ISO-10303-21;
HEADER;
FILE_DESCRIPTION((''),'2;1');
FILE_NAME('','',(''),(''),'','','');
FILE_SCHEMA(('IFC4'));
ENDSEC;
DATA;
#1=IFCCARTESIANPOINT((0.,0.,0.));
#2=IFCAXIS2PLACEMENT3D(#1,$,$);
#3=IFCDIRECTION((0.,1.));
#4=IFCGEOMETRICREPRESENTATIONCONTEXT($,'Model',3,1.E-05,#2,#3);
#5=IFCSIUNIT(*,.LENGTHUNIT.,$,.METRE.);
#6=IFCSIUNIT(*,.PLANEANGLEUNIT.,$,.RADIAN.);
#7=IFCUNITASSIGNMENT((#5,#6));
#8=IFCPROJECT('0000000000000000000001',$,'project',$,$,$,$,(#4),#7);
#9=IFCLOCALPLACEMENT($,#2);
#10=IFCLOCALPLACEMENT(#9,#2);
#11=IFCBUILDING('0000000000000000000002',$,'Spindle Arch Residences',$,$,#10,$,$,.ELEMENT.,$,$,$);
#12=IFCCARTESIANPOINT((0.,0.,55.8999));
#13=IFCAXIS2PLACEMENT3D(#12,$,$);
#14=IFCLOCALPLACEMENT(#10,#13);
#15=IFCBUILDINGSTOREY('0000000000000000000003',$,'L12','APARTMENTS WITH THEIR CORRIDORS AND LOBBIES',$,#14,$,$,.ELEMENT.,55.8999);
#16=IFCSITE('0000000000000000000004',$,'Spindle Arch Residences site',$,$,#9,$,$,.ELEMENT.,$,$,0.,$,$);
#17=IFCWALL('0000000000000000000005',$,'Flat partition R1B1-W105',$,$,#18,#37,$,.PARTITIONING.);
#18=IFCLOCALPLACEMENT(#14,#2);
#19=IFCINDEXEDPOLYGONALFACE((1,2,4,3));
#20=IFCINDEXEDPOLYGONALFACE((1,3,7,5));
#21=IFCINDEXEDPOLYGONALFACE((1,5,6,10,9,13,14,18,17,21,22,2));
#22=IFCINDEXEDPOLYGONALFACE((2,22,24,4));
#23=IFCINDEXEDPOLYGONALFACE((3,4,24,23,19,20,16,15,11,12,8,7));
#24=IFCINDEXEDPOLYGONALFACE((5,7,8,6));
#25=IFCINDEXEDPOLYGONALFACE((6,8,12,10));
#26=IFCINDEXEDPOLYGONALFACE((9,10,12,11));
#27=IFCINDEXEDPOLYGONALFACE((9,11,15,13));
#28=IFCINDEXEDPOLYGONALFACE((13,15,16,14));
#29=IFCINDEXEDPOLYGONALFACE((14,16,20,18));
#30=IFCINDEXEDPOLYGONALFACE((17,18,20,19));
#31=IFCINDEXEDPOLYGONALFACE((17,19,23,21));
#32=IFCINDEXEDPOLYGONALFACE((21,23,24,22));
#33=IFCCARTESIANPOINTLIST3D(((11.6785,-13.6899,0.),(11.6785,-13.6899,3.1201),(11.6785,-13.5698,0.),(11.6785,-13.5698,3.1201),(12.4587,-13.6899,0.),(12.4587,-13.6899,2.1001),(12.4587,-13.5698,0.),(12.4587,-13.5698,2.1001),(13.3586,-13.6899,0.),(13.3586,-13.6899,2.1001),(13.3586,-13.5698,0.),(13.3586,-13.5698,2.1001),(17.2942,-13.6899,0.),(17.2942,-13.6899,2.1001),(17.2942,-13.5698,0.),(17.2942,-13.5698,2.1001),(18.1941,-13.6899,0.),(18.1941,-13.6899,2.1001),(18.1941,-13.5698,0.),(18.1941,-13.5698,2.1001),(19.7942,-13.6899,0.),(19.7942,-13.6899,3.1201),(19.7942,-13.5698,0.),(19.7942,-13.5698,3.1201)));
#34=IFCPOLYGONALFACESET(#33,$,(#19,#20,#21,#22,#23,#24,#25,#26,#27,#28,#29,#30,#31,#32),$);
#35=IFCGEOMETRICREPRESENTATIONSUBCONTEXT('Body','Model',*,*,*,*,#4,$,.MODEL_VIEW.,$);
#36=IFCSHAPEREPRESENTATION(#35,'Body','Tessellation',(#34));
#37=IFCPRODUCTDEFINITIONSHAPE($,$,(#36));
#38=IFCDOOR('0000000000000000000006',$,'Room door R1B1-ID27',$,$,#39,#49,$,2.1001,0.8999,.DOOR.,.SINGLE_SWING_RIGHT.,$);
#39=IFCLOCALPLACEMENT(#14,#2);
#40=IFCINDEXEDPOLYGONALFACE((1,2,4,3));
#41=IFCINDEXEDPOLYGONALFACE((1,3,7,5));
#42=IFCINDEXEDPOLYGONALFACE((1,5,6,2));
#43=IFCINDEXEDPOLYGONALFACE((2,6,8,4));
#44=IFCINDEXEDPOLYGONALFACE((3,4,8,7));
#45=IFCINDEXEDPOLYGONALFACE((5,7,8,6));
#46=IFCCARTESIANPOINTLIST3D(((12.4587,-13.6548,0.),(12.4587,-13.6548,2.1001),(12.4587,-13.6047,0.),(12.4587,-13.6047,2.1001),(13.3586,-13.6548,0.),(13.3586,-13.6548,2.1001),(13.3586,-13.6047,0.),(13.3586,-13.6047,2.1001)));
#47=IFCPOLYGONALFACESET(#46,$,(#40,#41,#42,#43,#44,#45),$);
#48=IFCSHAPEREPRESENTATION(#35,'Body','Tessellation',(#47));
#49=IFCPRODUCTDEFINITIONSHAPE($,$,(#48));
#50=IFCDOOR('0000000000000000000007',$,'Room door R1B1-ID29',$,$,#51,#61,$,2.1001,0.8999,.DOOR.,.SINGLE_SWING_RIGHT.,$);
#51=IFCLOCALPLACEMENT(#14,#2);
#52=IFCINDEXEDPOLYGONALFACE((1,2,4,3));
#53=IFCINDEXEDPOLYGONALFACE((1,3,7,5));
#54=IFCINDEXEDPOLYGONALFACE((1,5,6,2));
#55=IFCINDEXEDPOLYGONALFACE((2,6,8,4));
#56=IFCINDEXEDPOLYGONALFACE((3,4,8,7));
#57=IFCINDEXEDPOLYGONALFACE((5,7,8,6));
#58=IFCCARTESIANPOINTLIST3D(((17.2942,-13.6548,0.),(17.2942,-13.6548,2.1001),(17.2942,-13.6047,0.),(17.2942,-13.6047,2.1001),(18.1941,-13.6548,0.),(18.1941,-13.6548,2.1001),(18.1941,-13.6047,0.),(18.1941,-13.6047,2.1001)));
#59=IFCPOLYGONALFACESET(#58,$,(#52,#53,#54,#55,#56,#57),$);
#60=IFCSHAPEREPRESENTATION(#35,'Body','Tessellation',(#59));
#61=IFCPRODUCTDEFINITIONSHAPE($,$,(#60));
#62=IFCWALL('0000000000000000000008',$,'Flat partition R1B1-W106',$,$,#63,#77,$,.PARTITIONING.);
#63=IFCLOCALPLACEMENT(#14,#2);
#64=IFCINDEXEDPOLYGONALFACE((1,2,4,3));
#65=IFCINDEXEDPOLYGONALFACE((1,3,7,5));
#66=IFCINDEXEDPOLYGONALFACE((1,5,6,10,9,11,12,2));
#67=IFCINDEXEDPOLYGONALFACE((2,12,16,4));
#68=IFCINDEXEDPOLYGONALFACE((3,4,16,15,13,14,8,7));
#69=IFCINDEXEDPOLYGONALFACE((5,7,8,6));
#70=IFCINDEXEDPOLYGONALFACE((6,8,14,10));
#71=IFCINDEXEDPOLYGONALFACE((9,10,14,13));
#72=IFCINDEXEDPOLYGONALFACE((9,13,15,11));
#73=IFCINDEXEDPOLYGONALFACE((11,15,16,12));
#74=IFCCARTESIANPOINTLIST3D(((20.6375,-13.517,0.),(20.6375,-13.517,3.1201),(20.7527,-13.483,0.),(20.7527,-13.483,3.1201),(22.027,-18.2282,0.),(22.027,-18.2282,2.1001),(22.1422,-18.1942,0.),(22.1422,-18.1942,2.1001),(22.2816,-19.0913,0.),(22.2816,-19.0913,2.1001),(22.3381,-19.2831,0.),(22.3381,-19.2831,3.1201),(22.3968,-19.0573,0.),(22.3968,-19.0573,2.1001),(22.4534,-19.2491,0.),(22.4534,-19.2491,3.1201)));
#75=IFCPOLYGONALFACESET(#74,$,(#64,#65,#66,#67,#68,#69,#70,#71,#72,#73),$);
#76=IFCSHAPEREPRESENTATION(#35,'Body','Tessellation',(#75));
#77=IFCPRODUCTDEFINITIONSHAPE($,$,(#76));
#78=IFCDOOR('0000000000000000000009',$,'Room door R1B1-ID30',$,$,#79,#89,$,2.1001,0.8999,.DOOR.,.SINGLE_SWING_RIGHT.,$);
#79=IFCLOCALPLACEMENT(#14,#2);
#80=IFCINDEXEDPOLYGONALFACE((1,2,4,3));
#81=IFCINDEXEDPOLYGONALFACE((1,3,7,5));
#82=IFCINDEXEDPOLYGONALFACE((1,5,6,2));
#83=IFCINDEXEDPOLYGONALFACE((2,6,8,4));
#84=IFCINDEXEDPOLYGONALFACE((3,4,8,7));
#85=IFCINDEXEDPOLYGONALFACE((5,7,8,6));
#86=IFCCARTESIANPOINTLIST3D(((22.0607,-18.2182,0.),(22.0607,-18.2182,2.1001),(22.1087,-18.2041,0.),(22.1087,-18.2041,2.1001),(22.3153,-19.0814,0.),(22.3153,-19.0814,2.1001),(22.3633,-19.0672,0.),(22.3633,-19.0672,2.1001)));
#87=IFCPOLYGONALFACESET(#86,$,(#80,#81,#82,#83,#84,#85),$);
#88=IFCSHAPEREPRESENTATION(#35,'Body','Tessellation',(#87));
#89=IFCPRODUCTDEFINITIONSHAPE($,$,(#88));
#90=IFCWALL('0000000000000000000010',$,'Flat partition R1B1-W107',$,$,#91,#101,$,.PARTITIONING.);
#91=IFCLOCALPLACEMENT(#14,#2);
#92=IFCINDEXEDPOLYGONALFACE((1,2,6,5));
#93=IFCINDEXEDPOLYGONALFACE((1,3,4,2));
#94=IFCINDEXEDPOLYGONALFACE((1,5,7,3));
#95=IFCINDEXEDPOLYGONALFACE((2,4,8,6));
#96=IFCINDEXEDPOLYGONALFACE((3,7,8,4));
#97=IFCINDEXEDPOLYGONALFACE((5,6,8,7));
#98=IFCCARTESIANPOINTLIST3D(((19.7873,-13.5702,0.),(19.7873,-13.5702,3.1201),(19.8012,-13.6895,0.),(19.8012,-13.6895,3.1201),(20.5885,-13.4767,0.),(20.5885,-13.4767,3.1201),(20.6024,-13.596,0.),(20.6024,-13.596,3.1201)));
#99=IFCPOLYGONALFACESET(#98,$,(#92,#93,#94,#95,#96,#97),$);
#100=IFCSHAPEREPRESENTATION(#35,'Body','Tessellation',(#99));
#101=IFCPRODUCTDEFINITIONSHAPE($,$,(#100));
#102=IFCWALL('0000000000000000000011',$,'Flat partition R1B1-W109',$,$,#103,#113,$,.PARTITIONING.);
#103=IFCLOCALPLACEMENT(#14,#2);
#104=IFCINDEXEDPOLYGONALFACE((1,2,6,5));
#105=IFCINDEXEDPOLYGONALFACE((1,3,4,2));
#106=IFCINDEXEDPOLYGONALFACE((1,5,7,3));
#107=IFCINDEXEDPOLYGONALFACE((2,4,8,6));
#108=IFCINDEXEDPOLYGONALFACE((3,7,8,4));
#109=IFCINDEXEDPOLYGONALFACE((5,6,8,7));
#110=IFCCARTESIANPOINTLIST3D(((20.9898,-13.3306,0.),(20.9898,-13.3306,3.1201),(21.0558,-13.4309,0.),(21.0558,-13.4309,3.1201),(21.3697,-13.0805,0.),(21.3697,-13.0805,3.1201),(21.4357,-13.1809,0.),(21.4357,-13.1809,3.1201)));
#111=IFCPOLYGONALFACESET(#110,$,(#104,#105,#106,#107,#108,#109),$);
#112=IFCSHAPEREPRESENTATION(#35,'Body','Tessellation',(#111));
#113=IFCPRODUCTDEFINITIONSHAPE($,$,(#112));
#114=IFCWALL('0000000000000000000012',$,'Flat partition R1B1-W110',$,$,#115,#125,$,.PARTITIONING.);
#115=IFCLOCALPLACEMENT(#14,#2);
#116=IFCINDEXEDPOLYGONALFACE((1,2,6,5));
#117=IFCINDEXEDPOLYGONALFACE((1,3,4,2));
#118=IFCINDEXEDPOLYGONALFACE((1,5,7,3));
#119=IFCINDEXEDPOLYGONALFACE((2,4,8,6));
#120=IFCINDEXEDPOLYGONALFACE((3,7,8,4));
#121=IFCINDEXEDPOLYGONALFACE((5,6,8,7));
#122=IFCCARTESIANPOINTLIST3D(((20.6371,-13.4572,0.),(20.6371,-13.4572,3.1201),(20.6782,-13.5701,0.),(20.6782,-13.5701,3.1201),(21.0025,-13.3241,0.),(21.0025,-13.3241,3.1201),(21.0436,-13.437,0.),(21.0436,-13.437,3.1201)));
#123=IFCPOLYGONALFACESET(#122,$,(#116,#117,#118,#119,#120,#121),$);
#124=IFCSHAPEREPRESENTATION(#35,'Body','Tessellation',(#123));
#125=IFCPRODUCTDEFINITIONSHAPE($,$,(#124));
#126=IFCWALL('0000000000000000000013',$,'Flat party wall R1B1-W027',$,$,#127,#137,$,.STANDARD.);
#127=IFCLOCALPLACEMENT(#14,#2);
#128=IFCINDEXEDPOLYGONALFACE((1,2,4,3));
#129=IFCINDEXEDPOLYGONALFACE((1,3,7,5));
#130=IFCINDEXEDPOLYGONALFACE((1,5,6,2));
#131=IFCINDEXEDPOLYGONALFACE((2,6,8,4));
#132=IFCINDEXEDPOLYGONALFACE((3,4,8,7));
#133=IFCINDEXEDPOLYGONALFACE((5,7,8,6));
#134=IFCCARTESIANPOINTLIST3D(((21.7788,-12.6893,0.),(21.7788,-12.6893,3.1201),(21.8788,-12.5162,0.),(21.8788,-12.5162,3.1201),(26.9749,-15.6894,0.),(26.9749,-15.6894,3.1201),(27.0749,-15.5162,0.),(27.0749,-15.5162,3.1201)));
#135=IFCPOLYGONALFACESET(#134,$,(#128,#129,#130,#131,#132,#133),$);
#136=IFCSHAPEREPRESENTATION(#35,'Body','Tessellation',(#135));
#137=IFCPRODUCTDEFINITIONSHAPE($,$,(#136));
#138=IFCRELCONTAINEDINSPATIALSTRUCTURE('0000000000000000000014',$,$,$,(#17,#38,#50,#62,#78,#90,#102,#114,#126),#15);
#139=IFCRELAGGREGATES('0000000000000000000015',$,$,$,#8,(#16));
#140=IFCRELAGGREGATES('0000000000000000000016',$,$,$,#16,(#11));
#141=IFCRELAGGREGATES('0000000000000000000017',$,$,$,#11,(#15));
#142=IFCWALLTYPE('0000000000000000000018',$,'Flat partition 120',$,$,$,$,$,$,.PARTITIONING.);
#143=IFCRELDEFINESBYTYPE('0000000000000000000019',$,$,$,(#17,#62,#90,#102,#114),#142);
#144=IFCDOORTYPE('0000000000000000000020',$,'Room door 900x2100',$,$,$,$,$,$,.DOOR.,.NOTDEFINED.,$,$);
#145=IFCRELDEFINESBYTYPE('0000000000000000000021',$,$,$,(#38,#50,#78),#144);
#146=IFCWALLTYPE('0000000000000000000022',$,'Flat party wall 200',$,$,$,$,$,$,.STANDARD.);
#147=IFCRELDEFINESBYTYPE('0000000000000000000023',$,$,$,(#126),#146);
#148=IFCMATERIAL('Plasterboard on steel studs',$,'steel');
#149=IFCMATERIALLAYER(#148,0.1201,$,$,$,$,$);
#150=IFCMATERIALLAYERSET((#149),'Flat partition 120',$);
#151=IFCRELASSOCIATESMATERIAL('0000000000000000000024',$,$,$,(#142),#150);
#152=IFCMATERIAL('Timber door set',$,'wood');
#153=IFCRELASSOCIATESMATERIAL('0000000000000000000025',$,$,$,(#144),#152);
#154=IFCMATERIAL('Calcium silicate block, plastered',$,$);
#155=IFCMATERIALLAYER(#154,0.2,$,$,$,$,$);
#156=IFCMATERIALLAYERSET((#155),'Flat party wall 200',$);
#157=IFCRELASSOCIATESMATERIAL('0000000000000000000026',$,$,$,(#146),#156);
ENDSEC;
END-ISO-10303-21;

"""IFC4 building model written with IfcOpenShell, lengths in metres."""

from ifc_helpers import new_model, si_unit, direction, frame, frame_2d, origin, place, context, subcontext, project, spatial, rectangle, extrude, material, layer, layer_set, type_object, element, fill, save


model = new_model("IFC4")

# Units and contexts
model_context = context("Model", 3, precision=1e-05, world=origin(), true_north=direction((0.0, 1.0)))
body_context = subcontext(model_context, "Body", "Model", "MODEL_VIEW")
ifc_project = project(units=[si_unit("LENGTHUNIT", "METRE"), si_unit("PLANEANGLEUNIT", "RADIAN")], contexts=[model_context])

# Site, building, storey
site_placement = place(None, origin())
site = spatial("IfcSite", under=ifc_project, at=site_placement, Name="Spindle Arch Residences site", CompositionType="ELEMENT", RefElevation=0.0)
building_placement = place(site_placement, origin())
building = spatial("IfcBuilding", under=site, at=building_placement, Name="Spindle Arch Residences", CompositionType="ELEMENT")
storey_placement = place(building_placement, frame((0.0, 0.0, 55.8999)))
storey = spatial("IfcBuildingStorey", under=building, at=storey_placement, Name="L12", Description="APARTMENTS WITH THEIR CORRIDORS AND LOBBIES", CompositionType="ELEMENT", Elevation=55.8999)

# Shared definitions
ifc_material_1 = material(Name="Plasterboard on steel studs", Category="steel")
ifc_layer_1 = layer(ifc_material_1, 0.1201)
ifc_layer_set_1 = layer_set([ifc_layer_1], Name="Flat partition 120")
wall_type_1 = type_object("IfcWallType", Name="Flat partition 120", PredefinedType="PARTITIONING", material=ifc_layer_set_1)

# Wall, openings, doors
wall_1_placement = place(storey_placement, frame((19.7942, -13.6299, 0.0), z_axis=(0.0, 0.0, 1.0), x_axis=(-1.0, 0.0, 0.0)))
wall_1 = element("IfcWall", 1, at=wall_1_placement, inside=storey, type_object=wall_type_1, Name="Flat partition R1B1-W105", PredefinedType="PARTITIONING", context=body_context, shape_type="SweptSolid", body=[
    extrude(rectangle(XDim=8.1157, YDim=0.1201, at=frame_2d((4.0579, 0.0))), origin(), (0.0, 0.0, 1.0), 3.1201),
])
opening_1_placement = place(wall_1_placement, frame((6.4355, 0.0, 0.0)))
opening_1 = element("IfcOpeningElement", 2, at=opening_1_placement, cuts=wall_1, PredefinedType="OPENING", context=body_context, shape_type="SweptSolid", body=[
    extrude(rectangle(XDim=0.8999, YDim=2.1001, at=frame_2d((0.45, 1.05))), frame((0.0, 0.0701, 0.0), z_axis=(0.0, -1.0, 0.0), x_axis=(1.0, 0.0, 0.0)), (0.0, 0.0, 1.0), 0.1401),
])
opening_2_placement = place(wall_1_placement, frame((1.6001, 0.0, 0.0)))
opening_2 = element("IfcOpeningElement", 3, at=opening_2_placement, cuts=wall_1, PredefinedType="OPENING", context=body_context, shape_type="SweptSolid", body=[
    extrude(rectangle(XDim=0.8999, YDim=2.1001, at=frame_2d((0.45, 1.05))), frame((0.0, 0.0701, 0.0), z_axis=(0.0, -1.0, 0.0), x_axis=(1.0, 0.0, 0.0)), (0.0, 0.0, 1.0), 0.1401),
])
ifc_material_2 = material(Name="Timber door set", Category="wood")
door_type = type_object("IfcDoorType", Name="Room door 900x2100", OperationType="NOTDEFINED", PredefinedType="DOOR", material=ifc_material_2)
door_1_placement = place(opening_1_placement, origin())
door_1 = element("IfcDoor", 4, at=door_1_placement, inside=storey, type_object=door_type, Name="Room door R1B1-ID27", OperationType="SINGLE_SWING_RIGHT", OverallHeight=2.1001, OverallWidth=0.8999, PredefinedType="DOOR", context=body_context, shape_type="SweptSolid", body=[
    extrude(rectangle(XDim=0.8999, YDim=2.1001, at=frame_2d((0.45, 1.05))), frame((0.0, 0.0249, 0.0), z_axis=(0.0, -1.0, 0.0), x_axis=(1.0, 0.0, 0.0)), (0.0, 0.0, 1.0), 0.05),
])
fill(opening_1, door_1)
door_2_placement = place(opening_2_placement, origin())
door_2 = element("IfcDoor", 5, at=door_2_placement, inside=storey, type_object=door_type, Name="Room door R1B1-ID29", OperationType="SINGLE_SWING_RIGHT", OverallHeight=2.1001, OverallWidth=0.8999, PredefinedType="DOOR", context=body_context, shape_type="SweptSolid", body=[
    extrude(rectangle(XDim=0.8999, YDim=2.1001, at=frame_2d((0.45, 1.05))), frame((0.0, 0.0249, 0.0), z_axis=(0.0, -1.0, 0.0), x_axis=(1.0, 0.0, 0.0)), (0.0, 0.0, 1.0), 0.05),
])
fill(opening_2, door_2)

# Wall, opening, door
wall_2_placement = place(storey_placement, frame((22.3958, -19.2661, 0.0), z_axis=(0.0, 0.0, 1.0), x_axis=(-0.282896, 0.959151, 0.0)))
wall_2 = element("IfcWall", 6, at=wall_2_placement, inside=storey, type_object=wall_type_1, Name="Flat partition R1B1-W106", PredefinedType="PARTITIONING", context=body_context, shape_type="SweptSolid", body=[
    extrude(rectangle(XDim=6.0117, YDim=0.1201, at=frame_2d((3.0059, 0.0))), origin(), (0.0, 0.0, 1.0), 3.1201),
])
opening_3_placement = place(wall_2_placement, frame((0.2, 0.0, 0.0)))
opening_3 = element("IfcOpeningElement", 7, at=opening_3_placement, cuts=wall_2, PredefinedType="OPENING", context=body_context, shape_type="SweptSolid", body=[
    extrude(rectangle(XDim=0.8999, YDim=2.1001, at=frame_2d((0.45, 1.05))), frame((0.0, 0.0701, 0.0), z_axis=(0.0, -1.0, 0.0), x_axis=(1.0, 0.0, 0.0)), (0.0, 0.0, 1.0), 0.1401),
])
door_3_placement = place(opening_3_placement, origin())
door_3 = element("IfcDoor", 8, at=door_3_placement, inside=storey, type_object=door_type, Name="Room door R1B1-ID30", OperationType="SINGLE_SWING_RIGHT", OverallHeight=2.1001, OverallWidth=0.8999, PredefinedType="DOOR", context=body_context, shape_type="SweptSolid", body=[
    extrude(rectangle(XDim=0.8999, YDim=2.1001, at=frame_2d((0.45, 1.05))), frame((0.0, 0.0249, 0.0), z_axis=(0.0, -1.0, 0.0), x_axis=(1.0, 0.0, 0.0)), (0.0, 0.0, 1.0), 0.05),
])
fill(opening_3, door_3)

# Walls
wall_3_placement = place(storey_placement, frame((20.5955, -13.5364, 0.0), z_axis=(0.0, 0.0, 1.0), x_axis=(-0.99326, -0.115911, 0.0)))
element("IfcWall", 9, at=wall_3_placement, inside=storey, type_object=wall_type_1, Name="Flat partition R1B1-W107", PredefinedType="PARTITIONING", context=body_context, shape_type="SweptSolid", body=[
    extrude(rectangle(XDim=0.8066, YDim=0.1201, at=frame_2d((0.4033, 0.0))), origin(), (0.0, 0.0, 1.0), 3.1201),
])
wall_4_placement = place(storey_placement, frame((21.4028, -13.1306, 0.0), z_axis=(0.0, 0.0, 1.0), x_axis=(-0.835339, -0.549735, 0.0)))
element("IfcWall", 10, at=wall_4_placement, inside=storey, type_object=wall_type_1, Name="Flat partition R1B1-W109", PredefinedType="PARTITIONING", context=body_context, shape_type="SweptSolid", body=[
    extrude(rectangle(XDim=0.4548, YDim=0.1201, at=frame_2d((0.2275, 0.0))), origin(), (0.0, 0.0, 1.0), 3.1201),
])
wall_5_placement = place(storey_placement, frame((21.0229, -13.3806, 0.0), z_axis=(0.0, 0.0, 1.0), x_axis=(-0.939665, -0.342096, 0.0)))
element("IfcWall", 11, at=wall_5_placement, inside=storey, type_object=wall_type_1, Name="Flat partition R1B1-W110", PredefinedType="PARTITIONING", context=body_context, shape_type="SweptSolid", body=[
    extrude(rectangle(XDim=0.3889, YDim=0.1201, at=frame_2d((0.1943, 0.0))), origin(), (0.0, 0.0, 1.0), 3.1201),
])
ifc_material_3 = material(Name="Calcium silicate block, plastered")
ifc_layer_2 = layer(ifc_material_3, 0.2)
ifc_layer_set_2 = layer_set([ifc_layer_2], Name="Flat party wall 200")
wall_type_2 = type_object("IfcWallType", Name="Flat party wall 200", PredefinedType="STANDARD", material=ifc_layer_set_2)
wall_6_placement = place(storey_placement, frame((27.0249, -15.6028, 0.0), z_axis=(0.0, 0.0, 1.0), x_axis=(-0.866021, 0.500008, 0.0)))
element("IfcWall", 12, at=wall_6_placement, inside=storey, type_object=wall_type_2, Name="Flat party wall R1B1-W027", PredefinedType="STANDARD", context=body_context, shape_type="SweptSolid", body=[
    extrude(rectangle(XDim=6.0, YDim=0.2, at=frame_2d((3.0, 0.0))), origin(), (0.0, 0.0, 1.0), 3.1201),
])

save(model, "model.ifc")
